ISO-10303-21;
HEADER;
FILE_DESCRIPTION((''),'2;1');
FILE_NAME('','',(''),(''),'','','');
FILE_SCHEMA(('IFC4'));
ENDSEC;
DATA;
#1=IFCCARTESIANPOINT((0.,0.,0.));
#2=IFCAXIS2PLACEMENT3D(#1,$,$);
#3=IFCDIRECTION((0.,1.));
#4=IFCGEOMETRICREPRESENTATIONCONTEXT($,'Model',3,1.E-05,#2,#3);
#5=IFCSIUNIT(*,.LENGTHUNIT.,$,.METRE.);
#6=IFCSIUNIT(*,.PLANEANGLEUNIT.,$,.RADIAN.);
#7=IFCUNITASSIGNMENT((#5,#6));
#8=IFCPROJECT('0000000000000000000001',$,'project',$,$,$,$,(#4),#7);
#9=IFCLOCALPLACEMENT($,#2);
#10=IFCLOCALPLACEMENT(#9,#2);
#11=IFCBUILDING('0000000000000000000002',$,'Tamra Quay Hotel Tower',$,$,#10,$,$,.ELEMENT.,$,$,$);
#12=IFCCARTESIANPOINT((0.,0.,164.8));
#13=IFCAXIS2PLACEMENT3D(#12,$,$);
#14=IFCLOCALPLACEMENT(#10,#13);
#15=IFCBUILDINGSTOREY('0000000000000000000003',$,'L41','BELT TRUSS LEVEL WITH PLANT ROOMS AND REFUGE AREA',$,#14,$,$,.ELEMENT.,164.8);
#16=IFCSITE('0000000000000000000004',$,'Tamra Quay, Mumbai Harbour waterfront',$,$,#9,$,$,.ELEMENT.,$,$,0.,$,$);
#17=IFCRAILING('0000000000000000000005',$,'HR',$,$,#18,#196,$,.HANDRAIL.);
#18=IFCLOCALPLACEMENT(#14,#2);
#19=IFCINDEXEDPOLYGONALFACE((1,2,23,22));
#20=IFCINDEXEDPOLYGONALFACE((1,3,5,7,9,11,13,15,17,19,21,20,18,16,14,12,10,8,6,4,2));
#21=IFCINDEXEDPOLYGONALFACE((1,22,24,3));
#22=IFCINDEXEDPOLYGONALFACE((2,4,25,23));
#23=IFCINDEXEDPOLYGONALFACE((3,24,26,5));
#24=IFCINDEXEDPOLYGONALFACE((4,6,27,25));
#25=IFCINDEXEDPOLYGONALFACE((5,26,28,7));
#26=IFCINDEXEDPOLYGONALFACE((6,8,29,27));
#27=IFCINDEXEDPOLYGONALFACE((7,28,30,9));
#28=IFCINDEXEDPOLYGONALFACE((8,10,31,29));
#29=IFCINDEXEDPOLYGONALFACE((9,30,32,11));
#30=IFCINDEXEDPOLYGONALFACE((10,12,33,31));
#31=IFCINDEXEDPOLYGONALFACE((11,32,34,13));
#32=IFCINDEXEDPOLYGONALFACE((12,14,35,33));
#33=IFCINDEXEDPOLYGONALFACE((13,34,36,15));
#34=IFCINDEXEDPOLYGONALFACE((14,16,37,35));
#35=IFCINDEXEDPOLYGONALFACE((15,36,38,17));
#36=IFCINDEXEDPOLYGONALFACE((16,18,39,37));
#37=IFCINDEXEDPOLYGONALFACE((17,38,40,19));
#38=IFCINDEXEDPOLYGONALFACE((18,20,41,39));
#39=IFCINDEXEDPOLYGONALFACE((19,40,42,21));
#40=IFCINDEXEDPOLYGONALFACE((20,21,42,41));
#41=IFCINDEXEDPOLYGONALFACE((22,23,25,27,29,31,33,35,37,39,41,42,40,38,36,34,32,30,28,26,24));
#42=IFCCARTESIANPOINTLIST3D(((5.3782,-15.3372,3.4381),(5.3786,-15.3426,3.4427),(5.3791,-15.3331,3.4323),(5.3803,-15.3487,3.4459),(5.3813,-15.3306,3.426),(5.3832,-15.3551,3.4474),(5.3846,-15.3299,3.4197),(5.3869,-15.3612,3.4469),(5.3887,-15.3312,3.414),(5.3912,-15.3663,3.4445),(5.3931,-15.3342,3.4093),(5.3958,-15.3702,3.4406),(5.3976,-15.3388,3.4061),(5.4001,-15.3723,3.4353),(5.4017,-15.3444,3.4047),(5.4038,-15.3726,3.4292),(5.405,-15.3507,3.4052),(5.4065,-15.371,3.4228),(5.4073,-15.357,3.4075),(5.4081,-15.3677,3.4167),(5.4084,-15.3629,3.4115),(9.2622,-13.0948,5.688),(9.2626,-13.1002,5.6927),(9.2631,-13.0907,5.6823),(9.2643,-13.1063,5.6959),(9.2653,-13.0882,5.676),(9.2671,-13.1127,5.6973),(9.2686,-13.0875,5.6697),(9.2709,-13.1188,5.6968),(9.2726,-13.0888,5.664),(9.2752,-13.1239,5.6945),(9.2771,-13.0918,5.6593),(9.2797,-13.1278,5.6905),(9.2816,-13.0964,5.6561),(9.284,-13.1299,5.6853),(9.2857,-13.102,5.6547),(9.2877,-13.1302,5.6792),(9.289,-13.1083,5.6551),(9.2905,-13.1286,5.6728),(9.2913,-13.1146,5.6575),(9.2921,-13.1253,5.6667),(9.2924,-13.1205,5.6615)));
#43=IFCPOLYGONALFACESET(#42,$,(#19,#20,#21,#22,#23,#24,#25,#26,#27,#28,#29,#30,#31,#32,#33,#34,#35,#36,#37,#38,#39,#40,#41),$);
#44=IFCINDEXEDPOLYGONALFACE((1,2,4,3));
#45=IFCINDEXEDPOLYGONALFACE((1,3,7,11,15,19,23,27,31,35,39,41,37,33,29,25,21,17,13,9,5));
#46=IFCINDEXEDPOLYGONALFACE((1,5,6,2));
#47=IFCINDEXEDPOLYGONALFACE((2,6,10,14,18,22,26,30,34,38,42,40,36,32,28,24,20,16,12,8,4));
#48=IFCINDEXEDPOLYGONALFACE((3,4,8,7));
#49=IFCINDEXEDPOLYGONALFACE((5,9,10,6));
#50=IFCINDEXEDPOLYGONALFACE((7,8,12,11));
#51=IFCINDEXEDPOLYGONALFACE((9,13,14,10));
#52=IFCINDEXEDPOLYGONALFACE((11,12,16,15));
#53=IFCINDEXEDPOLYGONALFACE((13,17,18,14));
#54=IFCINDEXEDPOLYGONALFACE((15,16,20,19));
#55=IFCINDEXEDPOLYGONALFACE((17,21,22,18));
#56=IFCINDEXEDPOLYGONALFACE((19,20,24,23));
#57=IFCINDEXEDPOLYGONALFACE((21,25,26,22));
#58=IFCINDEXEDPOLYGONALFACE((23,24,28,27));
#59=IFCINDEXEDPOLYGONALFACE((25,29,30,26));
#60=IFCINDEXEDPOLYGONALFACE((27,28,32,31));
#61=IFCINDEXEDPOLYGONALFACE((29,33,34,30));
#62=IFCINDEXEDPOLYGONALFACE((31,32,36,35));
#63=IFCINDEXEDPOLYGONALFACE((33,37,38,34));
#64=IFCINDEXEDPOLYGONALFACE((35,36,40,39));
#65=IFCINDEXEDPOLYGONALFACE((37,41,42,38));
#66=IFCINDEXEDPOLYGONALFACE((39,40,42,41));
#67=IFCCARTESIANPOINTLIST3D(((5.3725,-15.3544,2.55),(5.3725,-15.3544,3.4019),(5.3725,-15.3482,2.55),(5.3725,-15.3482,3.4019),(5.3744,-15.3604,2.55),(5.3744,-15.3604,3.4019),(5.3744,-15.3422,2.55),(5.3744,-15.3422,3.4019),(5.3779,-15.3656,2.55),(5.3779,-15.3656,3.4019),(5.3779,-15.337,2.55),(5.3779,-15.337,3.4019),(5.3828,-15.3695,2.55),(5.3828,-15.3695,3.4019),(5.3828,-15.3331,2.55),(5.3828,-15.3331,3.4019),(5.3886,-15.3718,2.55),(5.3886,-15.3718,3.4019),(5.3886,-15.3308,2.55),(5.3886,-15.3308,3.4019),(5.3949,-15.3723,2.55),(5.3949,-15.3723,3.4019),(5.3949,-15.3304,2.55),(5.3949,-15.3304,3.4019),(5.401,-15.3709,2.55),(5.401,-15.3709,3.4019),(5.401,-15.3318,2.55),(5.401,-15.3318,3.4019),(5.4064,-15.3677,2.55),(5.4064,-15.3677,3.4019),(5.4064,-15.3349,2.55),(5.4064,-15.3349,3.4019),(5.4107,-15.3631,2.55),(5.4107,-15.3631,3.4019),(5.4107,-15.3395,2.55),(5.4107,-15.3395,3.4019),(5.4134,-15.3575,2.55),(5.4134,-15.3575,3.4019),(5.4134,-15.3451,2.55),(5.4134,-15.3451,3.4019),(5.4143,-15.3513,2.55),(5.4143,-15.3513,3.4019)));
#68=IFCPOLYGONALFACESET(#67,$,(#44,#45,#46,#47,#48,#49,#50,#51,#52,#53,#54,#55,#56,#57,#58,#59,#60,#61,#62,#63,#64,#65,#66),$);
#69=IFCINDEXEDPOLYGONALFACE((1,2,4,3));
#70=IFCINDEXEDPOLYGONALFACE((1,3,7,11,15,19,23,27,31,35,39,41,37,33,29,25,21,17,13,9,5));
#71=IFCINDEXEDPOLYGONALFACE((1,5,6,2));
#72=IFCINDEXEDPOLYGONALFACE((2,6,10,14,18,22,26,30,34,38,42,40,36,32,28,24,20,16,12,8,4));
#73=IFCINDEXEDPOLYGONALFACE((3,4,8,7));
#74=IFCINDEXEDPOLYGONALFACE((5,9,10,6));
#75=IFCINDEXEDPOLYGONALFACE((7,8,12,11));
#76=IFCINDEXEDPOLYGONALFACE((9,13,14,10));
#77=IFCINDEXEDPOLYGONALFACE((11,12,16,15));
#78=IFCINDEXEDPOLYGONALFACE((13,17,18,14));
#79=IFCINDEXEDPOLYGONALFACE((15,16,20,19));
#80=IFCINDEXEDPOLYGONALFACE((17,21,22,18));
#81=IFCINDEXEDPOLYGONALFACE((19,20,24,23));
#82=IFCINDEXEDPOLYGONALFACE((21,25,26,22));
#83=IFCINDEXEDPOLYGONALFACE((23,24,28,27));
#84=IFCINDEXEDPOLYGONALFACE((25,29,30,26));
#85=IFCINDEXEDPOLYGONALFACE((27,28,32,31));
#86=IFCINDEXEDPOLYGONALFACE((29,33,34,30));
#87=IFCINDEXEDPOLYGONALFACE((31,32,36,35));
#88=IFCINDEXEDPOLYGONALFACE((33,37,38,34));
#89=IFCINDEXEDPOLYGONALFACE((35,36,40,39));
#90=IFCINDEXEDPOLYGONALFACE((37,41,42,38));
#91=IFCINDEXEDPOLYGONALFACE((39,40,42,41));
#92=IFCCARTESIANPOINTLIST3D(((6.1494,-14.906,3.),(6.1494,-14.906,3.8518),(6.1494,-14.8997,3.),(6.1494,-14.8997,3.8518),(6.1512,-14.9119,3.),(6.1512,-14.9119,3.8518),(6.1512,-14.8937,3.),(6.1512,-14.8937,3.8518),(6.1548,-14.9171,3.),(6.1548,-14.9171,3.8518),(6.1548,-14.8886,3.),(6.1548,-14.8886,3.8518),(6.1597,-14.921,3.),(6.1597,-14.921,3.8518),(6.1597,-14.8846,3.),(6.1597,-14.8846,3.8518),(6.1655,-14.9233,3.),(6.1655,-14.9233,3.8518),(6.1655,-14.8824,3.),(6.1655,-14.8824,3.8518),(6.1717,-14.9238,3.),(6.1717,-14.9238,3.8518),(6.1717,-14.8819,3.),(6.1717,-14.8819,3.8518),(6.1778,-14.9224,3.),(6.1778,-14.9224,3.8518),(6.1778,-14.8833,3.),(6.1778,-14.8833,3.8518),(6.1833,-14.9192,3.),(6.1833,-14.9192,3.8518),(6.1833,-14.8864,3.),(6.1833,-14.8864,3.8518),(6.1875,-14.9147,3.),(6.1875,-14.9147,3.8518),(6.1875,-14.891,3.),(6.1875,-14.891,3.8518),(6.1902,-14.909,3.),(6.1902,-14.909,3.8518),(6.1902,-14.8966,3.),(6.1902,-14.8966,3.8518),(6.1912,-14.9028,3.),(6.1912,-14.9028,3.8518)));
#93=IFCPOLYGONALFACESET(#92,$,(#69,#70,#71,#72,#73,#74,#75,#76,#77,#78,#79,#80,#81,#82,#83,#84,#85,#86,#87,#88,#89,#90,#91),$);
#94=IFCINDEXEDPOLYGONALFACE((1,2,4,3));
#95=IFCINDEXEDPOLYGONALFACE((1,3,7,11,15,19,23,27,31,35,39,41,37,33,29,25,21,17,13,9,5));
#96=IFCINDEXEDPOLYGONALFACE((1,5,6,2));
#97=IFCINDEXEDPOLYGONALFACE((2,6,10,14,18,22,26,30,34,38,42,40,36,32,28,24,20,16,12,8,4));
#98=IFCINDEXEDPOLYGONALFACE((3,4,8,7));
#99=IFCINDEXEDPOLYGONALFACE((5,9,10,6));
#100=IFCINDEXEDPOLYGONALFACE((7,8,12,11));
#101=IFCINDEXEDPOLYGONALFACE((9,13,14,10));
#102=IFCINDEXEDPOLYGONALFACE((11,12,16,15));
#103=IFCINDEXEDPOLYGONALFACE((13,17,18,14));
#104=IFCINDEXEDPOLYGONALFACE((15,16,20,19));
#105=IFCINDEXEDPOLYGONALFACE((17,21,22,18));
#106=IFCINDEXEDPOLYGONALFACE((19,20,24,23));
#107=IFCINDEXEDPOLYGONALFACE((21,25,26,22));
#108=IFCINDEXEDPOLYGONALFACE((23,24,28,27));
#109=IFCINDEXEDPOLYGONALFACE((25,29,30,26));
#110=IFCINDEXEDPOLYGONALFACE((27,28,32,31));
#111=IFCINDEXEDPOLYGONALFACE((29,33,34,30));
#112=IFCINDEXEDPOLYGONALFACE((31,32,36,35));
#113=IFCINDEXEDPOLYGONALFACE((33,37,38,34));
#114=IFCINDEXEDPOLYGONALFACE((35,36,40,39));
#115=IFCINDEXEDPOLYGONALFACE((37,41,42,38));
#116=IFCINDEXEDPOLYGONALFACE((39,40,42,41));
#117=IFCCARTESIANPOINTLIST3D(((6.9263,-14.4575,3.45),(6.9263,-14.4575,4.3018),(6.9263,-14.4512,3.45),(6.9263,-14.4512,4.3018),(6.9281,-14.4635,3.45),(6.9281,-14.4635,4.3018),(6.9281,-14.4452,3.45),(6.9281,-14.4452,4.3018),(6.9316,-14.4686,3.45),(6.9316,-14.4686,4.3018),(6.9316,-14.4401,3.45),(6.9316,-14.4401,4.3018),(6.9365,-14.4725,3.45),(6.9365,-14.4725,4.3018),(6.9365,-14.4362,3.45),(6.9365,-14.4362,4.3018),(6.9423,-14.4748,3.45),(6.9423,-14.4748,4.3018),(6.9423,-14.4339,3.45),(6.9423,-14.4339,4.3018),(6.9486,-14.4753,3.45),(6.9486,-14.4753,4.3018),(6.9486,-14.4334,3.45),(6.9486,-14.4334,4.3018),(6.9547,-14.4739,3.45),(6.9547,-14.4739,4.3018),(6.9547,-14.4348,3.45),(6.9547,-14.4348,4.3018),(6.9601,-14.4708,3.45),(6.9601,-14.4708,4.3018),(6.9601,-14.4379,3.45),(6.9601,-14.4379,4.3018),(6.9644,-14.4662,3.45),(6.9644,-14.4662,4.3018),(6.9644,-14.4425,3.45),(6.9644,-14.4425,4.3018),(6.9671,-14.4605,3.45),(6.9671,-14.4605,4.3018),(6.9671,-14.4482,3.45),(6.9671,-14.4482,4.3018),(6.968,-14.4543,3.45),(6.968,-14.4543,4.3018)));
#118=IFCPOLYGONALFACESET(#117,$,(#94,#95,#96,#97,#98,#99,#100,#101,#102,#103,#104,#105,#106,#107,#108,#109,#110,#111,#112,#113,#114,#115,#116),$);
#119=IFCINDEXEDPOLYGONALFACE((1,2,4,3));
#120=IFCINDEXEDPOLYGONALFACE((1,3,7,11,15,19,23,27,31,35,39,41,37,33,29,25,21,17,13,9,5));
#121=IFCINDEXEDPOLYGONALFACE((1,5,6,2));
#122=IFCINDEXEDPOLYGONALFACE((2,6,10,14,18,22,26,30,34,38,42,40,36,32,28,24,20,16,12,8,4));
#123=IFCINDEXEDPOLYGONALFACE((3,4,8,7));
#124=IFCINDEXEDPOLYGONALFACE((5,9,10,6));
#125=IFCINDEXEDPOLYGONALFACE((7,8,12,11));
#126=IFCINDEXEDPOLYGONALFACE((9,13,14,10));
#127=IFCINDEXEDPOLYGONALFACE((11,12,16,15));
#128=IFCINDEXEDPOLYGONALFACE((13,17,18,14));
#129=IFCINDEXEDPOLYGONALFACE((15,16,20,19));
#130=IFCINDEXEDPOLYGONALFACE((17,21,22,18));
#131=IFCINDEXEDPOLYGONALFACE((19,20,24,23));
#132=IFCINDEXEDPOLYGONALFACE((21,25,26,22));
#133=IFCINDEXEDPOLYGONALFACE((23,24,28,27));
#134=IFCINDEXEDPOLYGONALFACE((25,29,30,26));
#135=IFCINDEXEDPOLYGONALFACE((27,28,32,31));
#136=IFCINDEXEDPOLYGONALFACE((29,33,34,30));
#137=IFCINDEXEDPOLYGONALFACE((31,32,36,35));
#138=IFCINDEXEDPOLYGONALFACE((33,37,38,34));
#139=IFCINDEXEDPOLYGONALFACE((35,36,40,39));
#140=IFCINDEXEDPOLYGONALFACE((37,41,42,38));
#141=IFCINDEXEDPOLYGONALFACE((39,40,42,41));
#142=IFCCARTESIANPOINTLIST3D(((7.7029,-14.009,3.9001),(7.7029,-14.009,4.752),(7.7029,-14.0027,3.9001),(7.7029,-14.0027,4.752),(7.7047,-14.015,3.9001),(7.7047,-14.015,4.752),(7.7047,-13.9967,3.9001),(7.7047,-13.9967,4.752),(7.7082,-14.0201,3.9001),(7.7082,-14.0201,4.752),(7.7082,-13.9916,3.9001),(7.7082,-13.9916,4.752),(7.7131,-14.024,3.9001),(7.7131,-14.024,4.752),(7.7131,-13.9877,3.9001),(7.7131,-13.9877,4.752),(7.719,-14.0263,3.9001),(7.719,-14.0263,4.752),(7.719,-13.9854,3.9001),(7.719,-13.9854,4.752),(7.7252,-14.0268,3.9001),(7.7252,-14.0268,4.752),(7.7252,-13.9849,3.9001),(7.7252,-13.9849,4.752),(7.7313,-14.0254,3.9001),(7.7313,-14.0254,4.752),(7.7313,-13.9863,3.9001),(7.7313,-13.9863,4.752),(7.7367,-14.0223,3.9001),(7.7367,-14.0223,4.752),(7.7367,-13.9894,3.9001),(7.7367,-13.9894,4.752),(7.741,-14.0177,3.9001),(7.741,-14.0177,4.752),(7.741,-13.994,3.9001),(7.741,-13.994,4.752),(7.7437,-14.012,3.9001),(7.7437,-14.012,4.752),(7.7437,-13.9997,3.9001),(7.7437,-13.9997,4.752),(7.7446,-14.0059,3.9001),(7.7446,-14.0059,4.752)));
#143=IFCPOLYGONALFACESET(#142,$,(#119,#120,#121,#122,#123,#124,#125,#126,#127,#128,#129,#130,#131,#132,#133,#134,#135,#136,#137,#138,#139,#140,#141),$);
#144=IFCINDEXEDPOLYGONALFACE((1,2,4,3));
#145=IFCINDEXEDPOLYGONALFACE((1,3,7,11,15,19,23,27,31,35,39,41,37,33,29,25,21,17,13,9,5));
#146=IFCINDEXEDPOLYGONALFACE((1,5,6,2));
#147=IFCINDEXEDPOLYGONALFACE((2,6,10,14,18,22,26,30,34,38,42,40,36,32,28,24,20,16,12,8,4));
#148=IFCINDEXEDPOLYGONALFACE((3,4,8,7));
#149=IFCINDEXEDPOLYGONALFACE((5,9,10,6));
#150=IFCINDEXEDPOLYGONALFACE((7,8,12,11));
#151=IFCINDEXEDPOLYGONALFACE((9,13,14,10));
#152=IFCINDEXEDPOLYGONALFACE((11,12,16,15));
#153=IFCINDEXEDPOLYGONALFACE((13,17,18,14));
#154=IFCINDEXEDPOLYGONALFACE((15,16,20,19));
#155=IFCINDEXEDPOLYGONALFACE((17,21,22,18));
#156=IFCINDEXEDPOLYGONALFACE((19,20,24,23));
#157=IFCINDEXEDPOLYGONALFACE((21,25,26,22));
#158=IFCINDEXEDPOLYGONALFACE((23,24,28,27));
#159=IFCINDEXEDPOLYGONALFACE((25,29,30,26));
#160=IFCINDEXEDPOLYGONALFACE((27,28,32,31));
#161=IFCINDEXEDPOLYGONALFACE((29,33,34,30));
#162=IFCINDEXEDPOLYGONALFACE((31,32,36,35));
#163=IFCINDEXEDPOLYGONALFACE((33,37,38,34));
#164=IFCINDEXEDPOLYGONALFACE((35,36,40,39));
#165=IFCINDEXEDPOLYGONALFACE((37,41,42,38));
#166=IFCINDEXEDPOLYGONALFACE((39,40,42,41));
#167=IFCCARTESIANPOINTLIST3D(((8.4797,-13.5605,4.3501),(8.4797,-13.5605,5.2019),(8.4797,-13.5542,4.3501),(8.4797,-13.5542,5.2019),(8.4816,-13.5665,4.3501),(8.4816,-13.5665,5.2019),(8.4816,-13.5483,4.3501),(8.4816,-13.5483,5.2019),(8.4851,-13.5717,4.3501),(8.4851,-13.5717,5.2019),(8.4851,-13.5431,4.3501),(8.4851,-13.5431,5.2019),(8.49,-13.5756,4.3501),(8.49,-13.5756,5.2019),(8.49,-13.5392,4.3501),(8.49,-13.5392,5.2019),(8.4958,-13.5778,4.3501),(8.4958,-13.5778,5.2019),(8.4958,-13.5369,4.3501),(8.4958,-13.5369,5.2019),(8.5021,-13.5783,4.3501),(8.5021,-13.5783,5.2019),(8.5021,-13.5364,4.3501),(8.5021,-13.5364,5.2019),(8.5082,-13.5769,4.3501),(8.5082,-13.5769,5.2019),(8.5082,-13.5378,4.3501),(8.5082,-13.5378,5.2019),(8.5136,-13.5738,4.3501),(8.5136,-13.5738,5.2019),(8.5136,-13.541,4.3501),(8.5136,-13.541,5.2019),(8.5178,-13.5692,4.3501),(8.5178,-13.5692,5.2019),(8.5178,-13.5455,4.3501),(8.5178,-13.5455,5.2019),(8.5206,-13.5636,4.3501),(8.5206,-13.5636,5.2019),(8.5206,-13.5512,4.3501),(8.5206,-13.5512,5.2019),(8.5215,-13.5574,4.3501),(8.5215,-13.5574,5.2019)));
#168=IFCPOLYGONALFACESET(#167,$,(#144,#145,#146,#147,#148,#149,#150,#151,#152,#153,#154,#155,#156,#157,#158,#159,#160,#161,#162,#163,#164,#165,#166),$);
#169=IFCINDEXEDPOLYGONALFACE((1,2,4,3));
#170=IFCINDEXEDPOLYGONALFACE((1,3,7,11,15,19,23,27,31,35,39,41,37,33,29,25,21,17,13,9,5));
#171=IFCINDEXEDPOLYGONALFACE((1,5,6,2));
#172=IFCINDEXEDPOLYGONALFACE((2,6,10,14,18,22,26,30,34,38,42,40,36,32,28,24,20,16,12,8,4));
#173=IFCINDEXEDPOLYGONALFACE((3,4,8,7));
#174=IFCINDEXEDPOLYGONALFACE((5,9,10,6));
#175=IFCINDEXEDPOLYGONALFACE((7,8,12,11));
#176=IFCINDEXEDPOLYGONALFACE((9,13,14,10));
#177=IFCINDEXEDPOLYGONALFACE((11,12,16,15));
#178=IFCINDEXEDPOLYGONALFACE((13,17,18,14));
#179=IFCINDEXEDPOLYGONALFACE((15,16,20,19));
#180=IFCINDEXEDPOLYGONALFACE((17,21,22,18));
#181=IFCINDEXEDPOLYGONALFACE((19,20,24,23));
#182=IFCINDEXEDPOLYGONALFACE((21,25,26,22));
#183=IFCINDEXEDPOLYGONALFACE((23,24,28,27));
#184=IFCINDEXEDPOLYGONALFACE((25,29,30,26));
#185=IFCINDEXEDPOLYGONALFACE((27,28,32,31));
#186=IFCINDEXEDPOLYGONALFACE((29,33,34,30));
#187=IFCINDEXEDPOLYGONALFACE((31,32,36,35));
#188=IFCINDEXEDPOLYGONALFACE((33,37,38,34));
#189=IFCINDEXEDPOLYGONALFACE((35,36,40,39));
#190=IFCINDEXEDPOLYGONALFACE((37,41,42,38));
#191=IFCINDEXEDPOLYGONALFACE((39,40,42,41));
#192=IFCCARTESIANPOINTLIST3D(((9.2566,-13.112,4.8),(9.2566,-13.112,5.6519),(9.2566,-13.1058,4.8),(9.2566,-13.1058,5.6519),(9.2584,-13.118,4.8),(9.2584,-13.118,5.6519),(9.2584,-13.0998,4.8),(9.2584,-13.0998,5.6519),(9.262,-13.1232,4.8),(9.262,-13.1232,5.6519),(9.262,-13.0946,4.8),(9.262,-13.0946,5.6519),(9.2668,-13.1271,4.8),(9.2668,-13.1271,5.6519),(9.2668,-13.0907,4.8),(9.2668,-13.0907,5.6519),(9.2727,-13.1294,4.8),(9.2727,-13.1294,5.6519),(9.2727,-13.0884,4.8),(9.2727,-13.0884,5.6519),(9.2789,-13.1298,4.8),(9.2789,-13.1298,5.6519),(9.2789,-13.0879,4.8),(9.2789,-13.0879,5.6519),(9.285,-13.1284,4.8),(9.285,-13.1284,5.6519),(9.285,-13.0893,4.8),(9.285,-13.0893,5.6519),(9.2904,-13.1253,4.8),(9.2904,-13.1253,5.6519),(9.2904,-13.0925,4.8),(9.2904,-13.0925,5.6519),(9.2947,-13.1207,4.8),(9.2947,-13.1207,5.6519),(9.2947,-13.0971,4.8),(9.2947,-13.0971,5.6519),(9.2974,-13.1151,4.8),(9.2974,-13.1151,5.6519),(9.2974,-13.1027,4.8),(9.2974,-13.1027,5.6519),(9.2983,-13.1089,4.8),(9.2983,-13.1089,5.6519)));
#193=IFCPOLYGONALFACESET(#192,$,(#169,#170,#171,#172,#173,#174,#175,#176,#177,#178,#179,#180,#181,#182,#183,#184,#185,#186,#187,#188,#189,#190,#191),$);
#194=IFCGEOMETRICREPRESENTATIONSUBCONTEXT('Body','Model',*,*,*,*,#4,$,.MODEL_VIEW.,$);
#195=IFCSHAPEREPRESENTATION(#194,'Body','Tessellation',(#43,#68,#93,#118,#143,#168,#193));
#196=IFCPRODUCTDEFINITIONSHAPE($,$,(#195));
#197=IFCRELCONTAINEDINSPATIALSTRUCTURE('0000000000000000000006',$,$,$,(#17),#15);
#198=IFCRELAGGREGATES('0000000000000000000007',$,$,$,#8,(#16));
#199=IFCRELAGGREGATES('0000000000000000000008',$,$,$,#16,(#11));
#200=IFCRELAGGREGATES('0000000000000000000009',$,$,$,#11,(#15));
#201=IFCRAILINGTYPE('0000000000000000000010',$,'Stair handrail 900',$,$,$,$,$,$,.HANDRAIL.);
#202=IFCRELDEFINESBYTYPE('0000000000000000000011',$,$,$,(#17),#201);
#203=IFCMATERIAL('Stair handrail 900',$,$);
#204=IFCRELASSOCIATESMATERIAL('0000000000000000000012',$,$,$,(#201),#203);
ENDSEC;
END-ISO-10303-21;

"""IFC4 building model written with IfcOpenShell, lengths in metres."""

from ifc_helpers import new_model, si_unit, direction, frame, origin, origin_2d, place, context, subcontext, project, spatial, circle, extrude, material, type_object, element, save


model = new_model("IFC4")

# Units and contexts
model_context = context("Model", 3, precision=1e-05, world=origin(), true_north=direction((0.0, 1.0)))
body_context = subcontext(model_context, "Body", "Model", "MODEL_VIEW")
ifc_project = project(units=[si_unit("LENGTHUNIT", "METRE"), si_unit("PLANEANGLEUNIT", "RADIAN")], contexts=[model_context])

# Site, building, storey
site_placement = place(None, origin())
site = spatial("IfcSite", under=ifc_project, at=site_placement, Name="Tamra Quay, Mumbai Harbour waterfront", CompositionType="ELEMENT", RefElevation=0.0)
building_placement = place(site_placement, origin())
building = spatial("IfcBuilding", under=site, at=building_placement, Name="Tamra Quay Hotel Tower", CompositionType="ELEMENT")
storey_placement = place(building_placement, frame((0.0, 0.0, 164.8)))
storey = spatial("IfcBuildingStorey", under=building, at=storey_placement, Name="L41", Description="BELT TRUSS LEVEL WITH PLANT ROOMS AND REFUGE AREA", CompositionType="ELEMENT", Elevation=164.8)

# Railing
ifc_material_1 = material(Name="Stair handrail 900")
railing_type_1 = type_object("IfcRailingType", Name="Stair handrail 900", PredefinedType="HANDRAIL", material=ifc_material_1)
railing_1_placement = place(storey_placement, frame((5.3933, -15.3513, 2.55)))
element("IfcRailing", 1, at=railing_1_placement, inside=storey, type_object=railing_type_1, Name="HR", PredefinedType="HANDRAIL", context=body_context, shape_type="SweptSolid", body=[
    extrude(circle(Radius=0.0239, at=origin_2d()), frame((0.0, 0.0, 0.876), z_axis=(0.774076, 0.44691, 0.448418), x_axis=(-0.499997, 0.866027, 0.0)), (0.0, 0.0, 1.0), 5.0176),
    extrude(circle(Radius=0.021, at=origin_2d()), origin(), (0.0, 0.0, 1.0), 0.8518),
    extrude(circle(Radius=0.021, at=origin_2d()), frame((0.7769, 0.4485, 0.45)), (0.0, 0.0, 1.0), 0.8518),
    extrude(circle(Radius=0.021, at=origin_2d()), frame((1.5537, 0.897, 0.8999)), (0.0, 0.0, 1.0), 0.8518),
    extrude(circle(Radius=0.021, at=origin_2d()), frame((2.3303, 1.3455, 1.3501)), (0.0, 0.0, 1.0), 0.8518),
    extrude(circle(Radius=0.021, at=origin_2d()), frame((3.1072, 1.7939, 1.8)), (0.0, 0.0, 1.0), 0.8518),
    extrude(circle(Radius=0.021, at=origin_2d()), frame((3.884, 2.2424, 2.25)), (0.0, 0.0, 1.0), 0.8518),
])

save(model, "model.ifc")
